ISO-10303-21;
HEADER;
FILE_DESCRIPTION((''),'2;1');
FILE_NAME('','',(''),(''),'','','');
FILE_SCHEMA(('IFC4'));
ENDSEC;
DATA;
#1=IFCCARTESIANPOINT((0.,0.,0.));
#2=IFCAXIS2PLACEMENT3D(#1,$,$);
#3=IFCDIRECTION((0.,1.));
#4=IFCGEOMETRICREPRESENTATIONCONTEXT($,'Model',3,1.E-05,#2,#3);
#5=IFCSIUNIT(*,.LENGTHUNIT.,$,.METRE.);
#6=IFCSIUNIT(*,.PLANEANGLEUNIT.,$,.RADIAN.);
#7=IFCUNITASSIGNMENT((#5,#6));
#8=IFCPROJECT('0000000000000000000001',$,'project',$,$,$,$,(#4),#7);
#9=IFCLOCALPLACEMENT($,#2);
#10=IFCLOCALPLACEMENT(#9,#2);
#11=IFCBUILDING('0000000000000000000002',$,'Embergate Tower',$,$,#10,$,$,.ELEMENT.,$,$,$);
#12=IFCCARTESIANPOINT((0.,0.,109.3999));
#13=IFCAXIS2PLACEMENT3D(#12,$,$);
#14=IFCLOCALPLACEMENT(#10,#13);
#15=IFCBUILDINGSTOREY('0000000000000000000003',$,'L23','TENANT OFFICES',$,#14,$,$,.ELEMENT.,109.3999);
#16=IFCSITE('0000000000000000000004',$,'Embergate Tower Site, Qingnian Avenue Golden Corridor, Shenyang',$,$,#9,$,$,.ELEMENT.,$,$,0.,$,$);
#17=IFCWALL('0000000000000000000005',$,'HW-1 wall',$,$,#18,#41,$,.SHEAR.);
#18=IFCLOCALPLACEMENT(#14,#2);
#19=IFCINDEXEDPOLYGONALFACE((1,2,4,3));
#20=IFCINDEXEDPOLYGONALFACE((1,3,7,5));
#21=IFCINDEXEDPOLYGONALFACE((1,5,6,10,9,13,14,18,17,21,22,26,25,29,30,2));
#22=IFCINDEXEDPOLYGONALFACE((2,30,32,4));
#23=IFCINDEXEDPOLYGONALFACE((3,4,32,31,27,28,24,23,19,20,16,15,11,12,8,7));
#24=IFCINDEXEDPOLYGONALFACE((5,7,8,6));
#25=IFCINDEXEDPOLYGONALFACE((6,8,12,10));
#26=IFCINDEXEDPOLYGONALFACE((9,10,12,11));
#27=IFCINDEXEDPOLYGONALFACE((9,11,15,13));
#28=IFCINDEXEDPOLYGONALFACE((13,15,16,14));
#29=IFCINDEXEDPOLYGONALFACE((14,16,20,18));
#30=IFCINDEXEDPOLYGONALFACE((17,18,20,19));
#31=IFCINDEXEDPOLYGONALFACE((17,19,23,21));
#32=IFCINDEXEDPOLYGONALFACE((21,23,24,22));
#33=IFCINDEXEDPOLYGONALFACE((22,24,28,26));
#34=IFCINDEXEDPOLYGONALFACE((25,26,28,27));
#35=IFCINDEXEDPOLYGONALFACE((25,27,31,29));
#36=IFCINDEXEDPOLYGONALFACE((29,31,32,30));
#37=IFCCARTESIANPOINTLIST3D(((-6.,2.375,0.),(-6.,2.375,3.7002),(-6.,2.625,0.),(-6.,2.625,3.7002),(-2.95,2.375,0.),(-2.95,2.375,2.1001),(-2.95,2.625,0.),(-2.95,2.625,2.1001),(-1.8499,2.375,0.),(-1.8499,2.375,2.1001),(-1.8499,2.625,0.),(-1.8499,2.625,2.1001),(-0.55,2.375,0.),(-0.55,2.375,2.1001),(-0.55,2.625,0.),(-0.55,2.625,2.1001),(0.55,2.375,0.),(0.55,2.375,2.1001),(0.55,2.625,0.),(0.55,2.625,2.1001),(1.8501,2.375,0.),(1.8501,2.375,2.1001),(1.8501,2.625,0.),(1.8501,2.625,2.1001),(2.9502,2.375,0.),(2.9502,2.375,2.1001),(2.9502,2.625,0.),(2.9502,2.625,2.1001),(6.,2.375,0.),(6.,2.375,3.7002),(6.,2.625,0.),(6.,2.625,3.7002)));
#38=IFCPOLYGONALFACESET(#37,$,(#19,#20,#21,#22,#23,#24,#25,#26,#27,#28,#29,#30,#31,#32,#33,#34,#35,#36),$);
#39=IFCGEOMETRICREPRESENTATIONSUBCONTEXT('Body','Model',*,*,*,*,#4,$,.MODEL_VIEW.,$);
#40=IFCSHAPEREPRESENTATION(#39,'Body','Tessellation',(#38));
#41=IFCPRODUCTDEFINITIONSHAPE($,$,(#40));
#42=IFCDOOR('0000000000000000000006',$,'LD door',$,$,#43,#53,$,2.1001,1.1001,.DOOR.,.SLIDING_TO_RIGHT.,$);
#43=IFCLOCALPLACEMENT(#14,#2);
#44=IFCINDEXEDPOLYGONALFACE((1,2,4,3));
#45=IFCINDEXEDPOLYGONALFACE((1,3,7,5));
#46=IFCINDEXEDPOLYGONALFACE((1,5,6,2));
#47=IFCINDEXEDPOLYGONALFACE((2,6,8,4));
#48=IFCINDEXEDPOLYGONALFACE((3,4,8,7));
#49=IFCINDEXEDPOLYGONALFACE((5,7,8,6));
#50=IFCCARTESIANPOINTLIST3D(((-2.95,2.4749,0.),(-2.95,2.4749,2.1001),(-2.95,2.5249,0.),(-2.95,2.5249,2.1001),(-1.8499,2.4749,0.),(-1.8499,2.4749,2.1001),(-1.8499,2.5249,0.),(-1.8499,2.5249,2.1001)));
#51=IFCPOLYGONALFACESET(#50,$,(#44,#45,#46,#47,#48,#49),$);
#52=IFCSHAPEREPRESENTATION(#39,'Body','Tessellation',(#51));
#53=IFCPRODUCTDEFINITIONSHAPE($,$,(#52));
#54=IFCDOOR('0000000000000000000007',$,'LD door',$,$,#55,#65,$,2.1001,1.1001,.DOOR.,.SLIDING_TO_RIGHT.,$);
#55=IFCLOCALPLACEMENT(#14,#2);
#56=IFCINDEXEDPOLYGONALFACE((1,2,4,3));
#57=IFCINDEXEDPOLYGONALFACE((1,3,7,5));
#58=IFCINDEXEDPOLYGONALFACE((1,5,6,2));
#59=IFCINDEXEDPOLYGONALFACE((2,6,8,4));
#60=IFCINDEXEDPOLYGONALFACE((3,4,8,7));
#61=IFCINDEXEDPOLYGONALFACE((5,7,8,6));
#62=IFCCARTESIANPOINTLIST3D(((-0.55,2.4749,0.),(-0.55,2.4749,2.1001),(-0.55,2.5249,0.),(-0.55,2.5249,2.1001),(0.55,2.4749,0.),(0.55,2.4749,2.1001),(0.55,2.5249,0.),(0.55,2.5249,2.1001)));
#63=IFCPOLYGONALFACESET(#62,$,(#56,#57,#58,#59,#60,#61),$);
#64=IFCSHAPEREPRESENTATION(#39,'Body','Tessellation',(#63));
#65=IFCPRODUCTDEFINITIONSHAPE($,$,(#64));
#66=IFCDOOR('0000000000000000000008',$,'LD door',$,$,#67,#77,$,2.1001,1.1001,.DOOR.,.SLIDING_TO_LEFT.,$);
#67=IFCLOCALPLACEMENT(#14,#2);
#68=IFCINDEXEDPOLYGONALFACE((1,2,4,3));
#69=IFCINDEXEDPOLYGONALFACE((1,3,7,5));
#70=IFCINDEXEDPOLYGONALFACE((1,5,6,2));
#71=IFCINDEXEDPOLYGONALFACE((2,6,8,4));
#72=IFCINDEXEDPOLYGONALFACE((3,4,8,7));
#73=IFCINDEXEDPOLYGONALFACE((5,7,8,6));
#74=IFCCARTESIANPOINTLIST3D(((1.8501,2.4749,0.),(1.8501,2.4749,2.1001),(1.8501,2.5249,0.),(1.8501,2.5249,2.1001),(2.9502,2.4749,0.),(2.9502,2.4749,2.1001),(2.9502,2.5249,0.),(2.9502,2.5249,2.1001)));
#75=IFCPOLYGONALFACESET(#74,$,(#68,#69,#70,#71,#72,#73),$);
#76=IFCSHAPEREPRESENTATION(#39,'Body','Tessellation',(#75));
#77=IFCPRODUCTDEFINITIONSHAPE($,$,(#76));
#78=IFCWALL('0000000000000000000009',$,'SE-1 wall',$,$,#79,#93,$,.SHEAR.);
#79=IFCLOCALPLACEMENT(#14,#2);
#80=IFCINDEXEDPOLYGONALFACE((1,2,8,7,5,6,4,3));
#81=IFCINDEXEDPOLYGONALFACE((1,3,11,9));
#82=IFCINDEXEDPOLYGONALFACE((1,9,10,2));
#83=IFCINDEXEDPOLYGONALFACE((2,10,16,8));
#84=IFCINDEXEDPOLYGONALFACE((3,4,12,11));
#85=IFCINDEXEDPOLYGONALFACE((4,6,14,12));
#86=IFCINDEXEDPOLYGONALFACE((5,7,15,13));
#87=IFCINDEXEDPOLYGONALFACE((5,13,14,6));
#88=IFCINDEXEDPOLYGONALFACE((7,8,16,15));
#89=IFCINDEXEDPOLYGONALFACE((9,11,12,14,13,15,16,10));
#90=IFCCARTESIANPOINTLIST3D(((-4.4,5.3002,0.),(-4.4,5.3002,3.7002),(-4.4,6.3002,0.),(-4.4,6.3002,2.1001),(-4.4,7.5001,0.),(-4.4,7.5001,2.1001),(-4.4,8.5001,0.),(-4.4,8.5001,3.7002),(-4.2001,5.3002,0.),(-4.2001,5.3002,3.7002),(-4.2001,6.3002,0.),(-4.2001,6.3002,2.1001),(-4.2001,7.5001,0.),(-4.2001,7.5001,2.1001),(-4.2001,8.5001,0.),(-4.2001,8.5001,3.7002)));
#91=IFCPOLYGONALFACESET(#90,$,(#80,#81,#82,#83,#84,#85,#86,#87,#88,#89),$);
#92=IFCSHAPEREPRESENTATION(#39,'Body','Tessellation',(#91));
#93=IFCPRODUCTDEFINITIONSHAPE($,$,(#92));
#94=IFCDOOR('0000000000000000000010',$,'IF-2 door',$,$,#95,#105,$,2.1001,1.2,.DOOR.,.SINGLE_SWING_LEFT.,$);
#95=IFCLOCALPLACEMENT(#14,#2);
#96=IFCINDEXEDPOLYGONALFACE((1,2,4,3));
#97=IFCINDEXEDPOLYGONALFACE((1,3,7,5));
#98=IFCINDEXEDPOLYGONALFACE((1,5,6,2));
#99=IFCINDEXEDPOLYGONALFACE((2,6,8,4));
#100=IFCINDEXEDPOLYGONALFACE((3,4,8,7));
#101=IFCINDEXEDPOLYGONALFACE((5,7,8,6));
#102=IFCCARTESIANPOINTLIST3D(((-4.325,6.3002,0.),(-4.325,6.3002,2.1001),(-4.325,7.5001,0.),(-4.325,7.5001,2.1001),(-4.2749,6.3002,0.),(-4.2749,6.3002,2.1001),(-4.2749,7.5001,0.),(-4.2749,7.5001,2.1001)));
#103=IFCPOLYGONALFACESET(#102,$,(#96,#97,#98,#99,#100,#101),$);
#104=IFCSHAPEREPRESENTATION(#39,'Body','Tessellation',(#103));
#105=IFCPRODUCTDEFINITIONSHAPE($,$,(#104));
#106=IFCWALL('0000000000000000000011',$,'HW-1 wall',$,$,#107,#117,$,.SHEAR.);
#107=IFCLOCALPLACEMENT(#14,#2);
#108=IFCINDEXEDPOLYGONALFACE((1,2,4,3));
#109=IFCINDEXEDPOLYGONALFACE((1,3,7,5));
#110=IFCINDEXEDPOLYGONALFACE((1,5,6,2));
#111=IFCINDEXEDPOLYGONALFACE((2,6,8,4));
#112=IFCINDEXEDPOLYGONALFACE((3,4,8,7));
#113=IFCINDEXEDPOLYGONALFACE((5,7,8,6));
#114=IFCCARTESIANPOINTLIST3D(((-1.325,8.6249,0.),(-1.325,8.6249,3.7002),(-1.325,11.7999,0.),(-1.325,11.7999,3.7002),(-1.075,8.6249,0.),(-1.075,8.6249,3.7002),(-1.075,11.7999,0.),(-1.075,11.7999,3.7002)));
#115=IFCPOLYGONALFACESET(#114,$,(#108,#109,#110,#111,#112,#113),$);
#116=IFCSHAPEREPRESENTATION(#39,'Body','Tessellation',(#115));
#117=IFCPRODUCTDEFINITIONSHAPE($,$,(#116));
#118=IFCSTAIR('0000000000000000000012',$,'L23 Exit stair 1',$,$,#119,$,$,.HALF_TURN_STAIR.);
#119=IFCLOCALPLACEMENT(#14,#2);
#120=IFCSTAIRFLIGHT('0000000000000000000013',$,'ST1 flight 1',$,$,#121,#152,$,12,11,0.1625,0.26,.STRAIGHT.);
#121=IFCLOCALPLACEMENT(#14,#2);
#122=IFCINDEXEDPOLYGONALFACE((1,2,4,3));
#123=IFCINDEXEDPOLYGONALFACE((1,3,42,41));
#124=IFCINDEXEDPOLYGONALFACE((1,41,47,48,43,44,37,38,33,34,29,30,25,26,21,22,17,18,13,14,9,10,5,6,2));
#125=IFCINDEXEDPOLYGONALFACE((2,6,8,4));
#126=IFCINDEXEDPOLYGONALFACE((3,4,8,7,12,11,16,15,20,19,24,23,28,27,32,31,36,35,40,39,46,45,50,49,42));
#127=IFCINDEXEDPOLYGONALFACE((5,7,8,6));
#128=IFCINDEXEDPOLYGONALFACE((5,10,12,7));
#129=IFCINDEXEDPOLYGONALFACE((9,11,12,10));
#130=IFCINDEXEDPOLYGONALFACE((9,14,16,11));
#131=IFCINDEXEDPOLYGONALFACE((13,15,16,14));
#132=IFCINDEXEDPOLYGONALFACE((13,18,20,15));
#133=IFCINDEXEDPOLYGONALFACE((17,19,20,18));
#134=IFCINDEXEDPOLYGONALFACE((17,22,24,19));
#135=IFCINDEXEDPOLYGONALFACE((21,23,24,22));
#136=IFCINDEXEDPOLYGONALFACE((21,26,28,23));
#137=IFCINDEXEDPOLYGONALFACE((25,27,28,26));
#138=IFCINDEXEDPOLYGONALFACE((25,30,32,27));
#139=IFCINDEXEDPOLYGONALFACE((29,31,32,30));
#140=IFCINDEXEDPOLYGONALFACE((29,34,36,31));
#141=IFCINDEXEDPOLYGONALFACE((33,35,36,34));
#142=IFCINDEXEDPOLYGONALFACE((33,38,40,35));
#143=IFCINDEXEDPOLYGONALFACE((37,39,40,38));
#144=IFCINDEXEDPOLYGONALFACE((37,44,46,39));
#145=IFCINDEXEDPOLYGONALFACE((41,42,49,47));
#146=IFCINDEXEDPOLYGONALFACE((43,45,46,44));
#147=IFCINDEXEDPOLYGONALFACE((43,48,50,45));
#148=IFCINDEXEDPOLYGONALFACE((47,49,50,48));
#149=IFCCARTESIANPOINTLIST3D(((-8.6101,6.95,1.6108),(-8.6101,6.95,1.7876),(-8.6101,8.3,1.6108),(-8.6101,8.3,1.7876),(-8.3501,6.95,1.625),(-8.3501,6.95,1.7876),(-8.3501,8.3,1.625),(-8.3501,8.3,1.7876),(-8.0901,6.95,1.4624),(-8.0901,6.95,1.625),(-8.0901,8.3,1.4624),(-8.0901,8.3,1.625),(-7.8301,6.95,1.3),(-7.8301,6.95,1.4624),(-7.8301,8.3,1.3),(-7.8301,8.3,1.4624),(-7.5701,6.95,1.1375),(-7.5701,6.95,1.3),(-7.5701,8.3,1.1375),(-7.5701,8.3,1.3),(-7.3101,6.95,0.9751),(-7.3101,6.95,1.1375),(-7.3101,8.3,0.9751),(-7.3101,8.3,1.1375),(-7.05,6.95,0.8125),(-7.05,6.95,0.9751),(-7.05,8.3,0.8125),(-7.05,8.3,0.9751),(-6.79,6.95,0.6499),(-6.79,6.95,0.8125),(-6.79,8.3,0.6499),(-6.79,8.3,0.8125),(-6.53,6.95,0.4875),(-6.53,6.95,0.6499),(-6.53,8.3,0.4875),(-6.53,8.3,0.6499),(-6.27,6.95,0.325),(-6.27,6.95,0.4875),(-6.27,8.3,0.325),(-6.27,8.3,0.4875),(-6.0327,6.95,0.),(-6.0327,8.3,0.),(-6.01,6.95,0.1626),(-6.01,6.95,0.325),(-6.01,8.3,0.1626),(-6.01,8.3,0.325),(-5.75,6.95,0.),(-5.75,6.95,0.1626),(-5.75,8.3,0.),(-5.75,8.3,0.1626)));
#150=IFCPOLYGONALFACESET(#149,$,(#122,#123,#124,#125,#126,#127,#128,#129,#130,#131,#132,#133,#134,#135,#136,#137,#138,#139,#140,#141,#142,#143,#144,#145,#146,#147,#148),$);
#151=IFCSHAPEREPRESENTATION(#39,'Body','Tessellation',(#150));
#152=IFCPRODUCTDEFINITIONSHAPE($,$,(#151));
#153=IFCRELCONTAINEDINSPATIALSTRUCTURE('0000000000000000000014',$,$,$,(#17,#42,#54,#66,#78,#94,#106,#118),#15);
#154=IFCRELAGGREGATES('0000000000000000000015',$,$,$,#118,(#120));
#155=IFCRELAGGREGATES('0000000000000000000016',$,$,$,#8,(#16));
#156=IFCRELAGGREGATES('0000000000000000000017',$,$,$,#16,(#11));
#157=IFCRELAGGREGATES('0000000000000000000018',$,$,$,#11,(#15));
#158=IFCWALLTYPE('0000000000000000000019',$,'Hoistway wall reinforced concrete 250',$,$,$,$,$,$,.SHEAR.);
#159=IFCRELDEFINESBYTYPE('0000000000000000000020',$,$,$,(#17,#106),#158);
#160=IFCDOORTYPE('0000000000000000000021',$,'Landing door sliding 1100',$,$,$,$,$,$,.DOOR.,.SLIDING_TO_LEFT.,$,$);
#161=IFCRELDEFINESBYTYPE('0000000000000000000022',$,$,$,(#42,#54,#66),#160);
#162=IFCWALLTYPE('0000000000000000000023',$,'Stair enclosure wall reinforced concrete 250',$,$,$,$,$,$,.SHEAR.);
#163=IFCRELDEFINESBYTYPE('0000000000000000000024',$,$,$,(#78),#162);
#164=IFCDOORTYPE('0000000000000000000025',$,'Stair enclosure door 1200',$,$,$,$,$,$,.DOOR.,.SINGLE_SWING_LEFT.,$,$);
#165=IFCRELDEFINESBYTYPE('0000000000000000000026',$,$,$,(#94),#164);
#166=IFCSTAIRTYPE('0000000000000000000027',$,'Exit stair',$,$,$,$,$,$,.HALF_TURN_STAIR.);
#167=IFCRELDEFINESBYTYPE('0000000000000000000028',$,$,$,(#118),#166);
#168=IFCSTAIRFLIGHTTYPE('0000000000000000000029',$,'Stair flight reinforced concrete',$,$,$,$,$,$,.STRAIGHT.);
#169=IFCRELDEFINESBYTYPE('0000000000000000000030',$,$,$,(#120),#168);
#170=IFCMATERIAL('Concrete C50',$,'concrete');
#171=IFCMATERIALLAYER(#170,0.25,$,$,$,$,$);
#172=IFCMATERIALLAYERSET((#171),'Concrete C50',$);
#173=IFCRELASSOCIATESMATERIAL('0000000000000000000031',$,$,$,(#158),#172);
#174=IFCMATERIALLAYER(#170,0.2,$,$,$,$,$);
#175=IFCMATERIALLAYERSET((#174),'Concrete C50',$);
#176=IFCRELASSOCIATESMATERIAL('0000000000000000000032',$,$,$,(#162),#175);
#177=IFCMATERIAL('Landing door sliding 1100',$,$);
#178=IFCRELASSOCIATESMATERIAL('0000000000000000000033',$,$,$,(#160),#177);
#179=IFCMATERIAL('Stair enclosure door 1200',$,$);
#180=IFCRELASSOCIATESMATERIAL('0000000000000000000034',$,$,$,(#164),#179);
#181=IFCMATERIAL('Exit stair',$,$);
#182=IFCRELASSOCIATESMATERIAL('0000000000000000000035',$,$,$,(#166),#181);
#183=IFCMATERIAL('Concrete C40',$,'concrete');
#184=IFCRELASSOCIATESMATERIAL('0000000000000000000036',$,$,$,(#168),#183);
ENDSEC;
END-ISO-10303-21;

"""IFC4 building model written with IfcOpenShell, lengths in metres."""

from ifc_helpers import new_model, si_unit, direction, frame, frame_2d, origin, place, context, subcontext, project, spatial, polyline, rectangle, outline, extrude, source, transform, mapped, material, layer, layer_set, type_object, element, fill, aggregate, save


model = new_model("IFC4")

# Units and contexts
model_context = context("Model", 3, precision=1e-05, world=origin(), true_north=direction((0.0, 1.0)))
body_context = subcontext(model_context, "Body", "Model", "MODEL_VIEW")
ifc_project = project(units=[si_unit("LENGTHUNIT", "METRE"), si_unit("PLANEANGLEUNIT", "RADIAN")], contexts=[model_context])

# Site, building, storey
site_placement = place(None, origin())
site = spatial("IfcSite", under=ifc_project, at=site_placement, Name="Embergate Tower Site, Qingnian Avenue Golden Corridor, Shenyang", CompositionType="ELEMENT", RefElevation=0.0)
building_placement = place(site_placement, origin())
building = spatial("IfcBuilding", under=site, at=building_placement, Name="Embergate Tower", CompositionType="ELEMENT")
storey_placement = place(building_placement, frame((0.0, 0.0, 109.3999)))
storey = spatial("IfcBuildingStorey", under=building, at=storey_placement, Name="L23", Description="TENANT OFFICES", CompositionType="ELEMENT", Elevation=109.3999)

# Shared definitions
shared_shape_1 = source(origin(), body_context, "Body", "SweptSolid", [
    extrude(rectangle(XDim=1.2, YDim=2.1001, at=frame_2d((0.6001, 1.05))), frame((0.0, 0.0249, 0.0), z_axis=(0.0, -1.0, 0.0), x_axis=(1.0, 0.0, 0.0)), (0.0, 0.0, 1.0), 0.05),
])

# Shared definitions
ifc_material_1 = material(Name="Concrete C50", Category="concrete")
ifc_layer_1 = layer(ifc_material_1, 0.25)
ifc_layer_set_1 = layer_set([ifc_layer_1], Name="Concrete C50")
wall_type_1 = type_object("IfcWallType", Name="Hoistway wall reinforced concrete 250", PredefinedType="SHEAR", material=ifc_layer_set_1)
ifc_layer_2 = layer(ifc_material_1, 0.2)
ifc_layer_set_2 = layer_set([ifc_layer_2], Name="Concrete C50")
wall_type_2 = type_object("IfcWallType", Name="Stair enclosure wall reinforced concrete 250", PredefinedType="SHEAR", material=ifc_layer_set_2)

# Wall, openings, doors
shared_shape_2 = source(origin(), body_context, "Body", "SweptSolid", [
    extrude(rectangle(XDim=12.0, YDim=0.25, at=frame_2d((6.0, 0.0))), origin(), (0.0, 0.0, 1.0), 3.7002),
])
wall_1_placement = place(storey_placement, frame((-6.0, 2.5, 0.0), z_axis=(0.0, 0.0, 1.0), x_axis=(1.0, 0.0, 0.0)))
wall_1 = element("IfcWall", 1, at=wall_1_placement, inside=storey, type_object=wall_type_1, Name="HW-1 wall", PredefinedType="SHEAR", context=body_context, shape_type="MappedRepresentation", body=[
    mapped(shared_shape_2, transform((0.0, 0.0, 0.0))),
])
shared_shape_3 = source(origin(), body_context, "Body", "SweptSolid", [
    extrude(rectangle(XDim=1.1001, YDim=2.1001, at=frame_2d((0.55, 1.05))), frame((0.0, 0.135, 0.0), z_axis=(0.0, -1.0, 0.0), x_axis=(1.0, 0.0, 0.0)), (0.0, 0.0, 1.0), 0.27),
])
opening_1_placement = place(wall_1_placement, frame((3.05, 0.0, 0.0)))
opening_1 = element("IfcOpeningElement", 2, at=opening_1_placement, cuts=wall_1, PredefinedType="OPENING", context=body_context, shape_type="MappedRepresentation", body=[
    mapped(shared_shape_3, transform((0.0, 0.0, 0.0))),
])
opening_2_placement = place(wall_1_placement, frame((5.45, 0.0, 0.0)))
opening_2 = element("IfcOpeningElement", 3, at=opening_2_placement, cuts=wall_1, PredefinedType="OPENING", context=body_context, shape_type="MappedRepresentation", body=[
    mapped(shared_shape_3, transform((0.0, 0.0, 0.0))),
])
opening_3_placement = place(wall_1_placement, frame((7.8501, 0.0, 0.0)))
opening_3 = element("IfcOpeningElement", 4, at=opening_3_placement, cuts=wall_1, PredefinedType="OPENING", context=body_context, shape_type="MappedRepresentation", body=[
    mapped(shared_shape_3, transform((0.0, 0.0, 0.0))),
])
ifc_material_2 = material(Name="Landing door sliding 1100")
door_type_1 = type_object("IfcDoorType", Name="Landing door sliding 1100", OperationType="SLIDING_TO_LEFT", PredefinedType="DOOR", material=ifc_material_2)
shared_shape_4 = source(origin(), body_context, "Body", "SweptSolid", [
    extrude(rectangle(XDim=1.1001, YDim=2.1001, at=frame_2d((0.55, 1.05))), frame((0.0, 0.0249, 0.0), z_axis=(0.0, -1.0, 0.0), x_axis=(1.0, 0.0, 0.0)), (0.0, 0.0, 1.0), 0.05),
])
door_1_placement = place(opening_1_placement, origin())
door_1 = element("IfcDoor", 5, at=door_1_placement, inside=storey, type_object=door_type_1, Name="LD door", OperationType="SLIDING_TO_RIGHT", OverallHeight=2.1001, OverallWidth=1.1001, PredefinedType="DOOR", context=body_context, shape_type="MappedRepresentation", body=[
    mapped(shared_shape_4, transform((0.0, 0.0, 0.0))),
])
fill(opening_1, door_1)
door_2_placement = place(opening_2_placement, origin())
door_2 = element("IfcDoor", 6, at=door_2_placement, inside=storey, type_object=door_type_1, Name="LD door", OperationType="SLIDING_TO_RIGHT", OverallHeight=2.1001, OverallWidth=1.1001, PredefinedType="DOOR", context=body_context, shape_type="MappedRepresentation", body=[
    mapped(shared_shape_4, transform((0.0, 0.0, 0.0))),
])
fill(opening_2, door_2)
door_3_placement = place(opening_3_placement, origin())
door_3 = element("IfcDoor", 7, at=door_3_placement, inside=storey, type_object=door_type_1, Name="LD door", OperationType="SLIDING_TO_LEFT", OverallHeight=2.1001, OverallWidth=1.1001, PredefinedType="DOOR", context=body_context, shape_type="MappedRepresentation", body=[
    mapped(shared_shape_4, transform((0.0, 0.0, 0.0))),
])
fill(opening_3, door_3)

# Wall, opening, door
shared_shape_5 = source(origin(), body_context, "Body", "SweptSolid", [
    extrude(rectangle(XDim=3.2, YDim=0.2, at=frame_2d((1.6001, 0.0))), origin(), (0.0, 0.0, 1.0), 3.7002),
])
wall_2_placement = place(storey_placement, frame((-4.3, 5.3, 0.0), z_axis=(0.0, 0.0, 1.0), x_axis=(0.0, 1.0, 0.0)))
wall_2 = element("IfcWall", 8, at=wall_2_placement, inside=storey, type_object=wall_type_2, Name="SE-1 wall", PredefinedType="SHEAR", context=body_context, shape_type="MappedRepresentation", body=[
    mapped(shared_shape_5, transform((0.0, 0.0, 0.0))),
])
shared_shape_6 = source(origin(), body_context, "Body", "SweptSolid", [
    extrude(rectangle(XDim=1.2, YDim=2.1001, at=frame_2d((0.6001, 1.05))), frame((0.0, 0.1099, 0.0), z_axis=(0.0, -1.0, 0.0), x_axis=(1.0, 0.0, 0.0)), (0.0, 0.0, 1.0), 0.22),
])
opening_4_placement = place(wall_2_placement, frame((1.0, 0.0, 0.0)))
opening_4 = element("IfcOpeningElement", 9, at=opening_4_placement, cuts=wall_2, PredefinedType="OPENING", context=body_context, shape_type="MappedRepresentation", body=[
    mapped(shared_shape_6, transform((0.0, 0.0, 0.0))),
])
ifc_material_3 = material(Name="Stair enclosure door 1200")
door_type_2 = type_object("IfcDoorType", Name="Stair enclosure door 1200", OperationType="SINGLE_SWING_LEFT", PredefinedType="DOOR", material=ifc_material_3)
door_4_placement = place(opening_4_placement, origin())
door_4 = element("IfcDoor", 10, at=door_4_placement, inside=storey, type_object=door_type_2, Name="IF-2 door", OperationType="SINGLE_SWING_LEFT", OverallHeight=2.1001, OverallWidth=1.2, PredefinedType="DOOR", context=body_context, shape_type="MappedRepresentation", body=[
    mapped(shared_shape_1, transform((0.0, 0.0, 0.0))),
])
fill(opening_4, door_4)

# Wall
shared_shape_7 = source(origin(), body_context, "Body", "SweptSolid", [
    extrude(rectangle(XDim=3.175, YDim=0.25, at=frame_2d((1.5874, 0.0))), origin(), (0.0, 0.0, 1.0), 3.7002),
])
wall_3_placement = place(storey_placement, frame((-1.2, 8.625, 0.0), z_axis=(0.0, 0.0, 1.0), x_axis=(0.0, 1.0, 0.0)))
element("IfcWall", 11, at=wall_3_placement, inside=storey, type_object=wall_type_1, Name="HW-1 wall", PredefinedType="SHEAR", context=body_context, shape_type="MappedRepresentation", body=[
    mapped(shared_shape_7, transform((0.0, 0.0, 0.0))),
])

# Stair, stair flight
ifc_material_4 = material(Name="Exit stair")
stair_type = type_object("IfcStairType", Name="Exit stair", PredefinedType="HALF_TURN_STAIR", material=ifc_material_4)
stair_placement = place(storey_placement, origin())
stair = element("IfcStair", 12, at=stair_placement, inside=storey, type_object=stair_type, Name="L23 Exit stair 1", PredefinedType="HALF_TURN_STAIR")
ifc_material_5 = material(Name="Concrete C40", Category="concrete")
stair_flight_type = type_object("IfcStairFlightType", Name="Stair flight reinforced concrete", PredefinedType="STRAIGHT", material=ifc_material_5)
shared_shape_8 = source(origin(), body_context, "Body", "SweptSolid", [
    extrude(outline(polyline([(0.0, 0.0), (0.0, 0.1626), (0.26, 0.1626), (0.26, 0.325), (0.52, 0.325), (0.52, 0.4875), (0.78, 0.4875), (0.78, 0.6499), (1.04, 0.6499), (1.04, 0.8125), (1.3, 0.8125), (1.3, 0.9751), (1.5601, 0.9751), (1.5601, 1.1375), (1.8201, 1.1375), (1.8201, 1.3), (2.0801, 1.3), (2.0801, 1.4624), (2.3401, 1.4624), (2.3401, 1.625), (2.6001, 1.625), (2.6001, 1.7876), (2.8601, 1.7876), (2.8601, 1.95), (2.8601, 1.6108), (0.2827, 0.0), (0.0, 0.0)])), frame((0.0, 0.675, 0.0), z_axis=(0.0, -1.0, 0.0), x_axis=(1.0, 0.0, 0.0)), (0.0, 0.0, 1.0), 1.3501),
])
stair_flight_placement = place(storey_placement, frame((-5.75, 7.625, 0.0), z_axis=(0.0, 0.0, 1.0), x_axis=(-1.0, 0.0, 0.0)))
stair_flight = element("IfcStairFlight", 13, at=stair_flight_placement, type_object=stair_flight_type, Name="ST1 flight 1", NumberOfRisers=12, NumberOfTreads=11, PredefinedType="STRAIGHT", RiserHeight=0.1625, TreadLength=0.26, context=body_context, shape_type="MappedRepresentation", body=[
    mapped(shared_shape_8, transform((0.0, 0.0, 0.0))),
])
aggregate(stair, [stair_flight])

save(model, "model.ifc")
